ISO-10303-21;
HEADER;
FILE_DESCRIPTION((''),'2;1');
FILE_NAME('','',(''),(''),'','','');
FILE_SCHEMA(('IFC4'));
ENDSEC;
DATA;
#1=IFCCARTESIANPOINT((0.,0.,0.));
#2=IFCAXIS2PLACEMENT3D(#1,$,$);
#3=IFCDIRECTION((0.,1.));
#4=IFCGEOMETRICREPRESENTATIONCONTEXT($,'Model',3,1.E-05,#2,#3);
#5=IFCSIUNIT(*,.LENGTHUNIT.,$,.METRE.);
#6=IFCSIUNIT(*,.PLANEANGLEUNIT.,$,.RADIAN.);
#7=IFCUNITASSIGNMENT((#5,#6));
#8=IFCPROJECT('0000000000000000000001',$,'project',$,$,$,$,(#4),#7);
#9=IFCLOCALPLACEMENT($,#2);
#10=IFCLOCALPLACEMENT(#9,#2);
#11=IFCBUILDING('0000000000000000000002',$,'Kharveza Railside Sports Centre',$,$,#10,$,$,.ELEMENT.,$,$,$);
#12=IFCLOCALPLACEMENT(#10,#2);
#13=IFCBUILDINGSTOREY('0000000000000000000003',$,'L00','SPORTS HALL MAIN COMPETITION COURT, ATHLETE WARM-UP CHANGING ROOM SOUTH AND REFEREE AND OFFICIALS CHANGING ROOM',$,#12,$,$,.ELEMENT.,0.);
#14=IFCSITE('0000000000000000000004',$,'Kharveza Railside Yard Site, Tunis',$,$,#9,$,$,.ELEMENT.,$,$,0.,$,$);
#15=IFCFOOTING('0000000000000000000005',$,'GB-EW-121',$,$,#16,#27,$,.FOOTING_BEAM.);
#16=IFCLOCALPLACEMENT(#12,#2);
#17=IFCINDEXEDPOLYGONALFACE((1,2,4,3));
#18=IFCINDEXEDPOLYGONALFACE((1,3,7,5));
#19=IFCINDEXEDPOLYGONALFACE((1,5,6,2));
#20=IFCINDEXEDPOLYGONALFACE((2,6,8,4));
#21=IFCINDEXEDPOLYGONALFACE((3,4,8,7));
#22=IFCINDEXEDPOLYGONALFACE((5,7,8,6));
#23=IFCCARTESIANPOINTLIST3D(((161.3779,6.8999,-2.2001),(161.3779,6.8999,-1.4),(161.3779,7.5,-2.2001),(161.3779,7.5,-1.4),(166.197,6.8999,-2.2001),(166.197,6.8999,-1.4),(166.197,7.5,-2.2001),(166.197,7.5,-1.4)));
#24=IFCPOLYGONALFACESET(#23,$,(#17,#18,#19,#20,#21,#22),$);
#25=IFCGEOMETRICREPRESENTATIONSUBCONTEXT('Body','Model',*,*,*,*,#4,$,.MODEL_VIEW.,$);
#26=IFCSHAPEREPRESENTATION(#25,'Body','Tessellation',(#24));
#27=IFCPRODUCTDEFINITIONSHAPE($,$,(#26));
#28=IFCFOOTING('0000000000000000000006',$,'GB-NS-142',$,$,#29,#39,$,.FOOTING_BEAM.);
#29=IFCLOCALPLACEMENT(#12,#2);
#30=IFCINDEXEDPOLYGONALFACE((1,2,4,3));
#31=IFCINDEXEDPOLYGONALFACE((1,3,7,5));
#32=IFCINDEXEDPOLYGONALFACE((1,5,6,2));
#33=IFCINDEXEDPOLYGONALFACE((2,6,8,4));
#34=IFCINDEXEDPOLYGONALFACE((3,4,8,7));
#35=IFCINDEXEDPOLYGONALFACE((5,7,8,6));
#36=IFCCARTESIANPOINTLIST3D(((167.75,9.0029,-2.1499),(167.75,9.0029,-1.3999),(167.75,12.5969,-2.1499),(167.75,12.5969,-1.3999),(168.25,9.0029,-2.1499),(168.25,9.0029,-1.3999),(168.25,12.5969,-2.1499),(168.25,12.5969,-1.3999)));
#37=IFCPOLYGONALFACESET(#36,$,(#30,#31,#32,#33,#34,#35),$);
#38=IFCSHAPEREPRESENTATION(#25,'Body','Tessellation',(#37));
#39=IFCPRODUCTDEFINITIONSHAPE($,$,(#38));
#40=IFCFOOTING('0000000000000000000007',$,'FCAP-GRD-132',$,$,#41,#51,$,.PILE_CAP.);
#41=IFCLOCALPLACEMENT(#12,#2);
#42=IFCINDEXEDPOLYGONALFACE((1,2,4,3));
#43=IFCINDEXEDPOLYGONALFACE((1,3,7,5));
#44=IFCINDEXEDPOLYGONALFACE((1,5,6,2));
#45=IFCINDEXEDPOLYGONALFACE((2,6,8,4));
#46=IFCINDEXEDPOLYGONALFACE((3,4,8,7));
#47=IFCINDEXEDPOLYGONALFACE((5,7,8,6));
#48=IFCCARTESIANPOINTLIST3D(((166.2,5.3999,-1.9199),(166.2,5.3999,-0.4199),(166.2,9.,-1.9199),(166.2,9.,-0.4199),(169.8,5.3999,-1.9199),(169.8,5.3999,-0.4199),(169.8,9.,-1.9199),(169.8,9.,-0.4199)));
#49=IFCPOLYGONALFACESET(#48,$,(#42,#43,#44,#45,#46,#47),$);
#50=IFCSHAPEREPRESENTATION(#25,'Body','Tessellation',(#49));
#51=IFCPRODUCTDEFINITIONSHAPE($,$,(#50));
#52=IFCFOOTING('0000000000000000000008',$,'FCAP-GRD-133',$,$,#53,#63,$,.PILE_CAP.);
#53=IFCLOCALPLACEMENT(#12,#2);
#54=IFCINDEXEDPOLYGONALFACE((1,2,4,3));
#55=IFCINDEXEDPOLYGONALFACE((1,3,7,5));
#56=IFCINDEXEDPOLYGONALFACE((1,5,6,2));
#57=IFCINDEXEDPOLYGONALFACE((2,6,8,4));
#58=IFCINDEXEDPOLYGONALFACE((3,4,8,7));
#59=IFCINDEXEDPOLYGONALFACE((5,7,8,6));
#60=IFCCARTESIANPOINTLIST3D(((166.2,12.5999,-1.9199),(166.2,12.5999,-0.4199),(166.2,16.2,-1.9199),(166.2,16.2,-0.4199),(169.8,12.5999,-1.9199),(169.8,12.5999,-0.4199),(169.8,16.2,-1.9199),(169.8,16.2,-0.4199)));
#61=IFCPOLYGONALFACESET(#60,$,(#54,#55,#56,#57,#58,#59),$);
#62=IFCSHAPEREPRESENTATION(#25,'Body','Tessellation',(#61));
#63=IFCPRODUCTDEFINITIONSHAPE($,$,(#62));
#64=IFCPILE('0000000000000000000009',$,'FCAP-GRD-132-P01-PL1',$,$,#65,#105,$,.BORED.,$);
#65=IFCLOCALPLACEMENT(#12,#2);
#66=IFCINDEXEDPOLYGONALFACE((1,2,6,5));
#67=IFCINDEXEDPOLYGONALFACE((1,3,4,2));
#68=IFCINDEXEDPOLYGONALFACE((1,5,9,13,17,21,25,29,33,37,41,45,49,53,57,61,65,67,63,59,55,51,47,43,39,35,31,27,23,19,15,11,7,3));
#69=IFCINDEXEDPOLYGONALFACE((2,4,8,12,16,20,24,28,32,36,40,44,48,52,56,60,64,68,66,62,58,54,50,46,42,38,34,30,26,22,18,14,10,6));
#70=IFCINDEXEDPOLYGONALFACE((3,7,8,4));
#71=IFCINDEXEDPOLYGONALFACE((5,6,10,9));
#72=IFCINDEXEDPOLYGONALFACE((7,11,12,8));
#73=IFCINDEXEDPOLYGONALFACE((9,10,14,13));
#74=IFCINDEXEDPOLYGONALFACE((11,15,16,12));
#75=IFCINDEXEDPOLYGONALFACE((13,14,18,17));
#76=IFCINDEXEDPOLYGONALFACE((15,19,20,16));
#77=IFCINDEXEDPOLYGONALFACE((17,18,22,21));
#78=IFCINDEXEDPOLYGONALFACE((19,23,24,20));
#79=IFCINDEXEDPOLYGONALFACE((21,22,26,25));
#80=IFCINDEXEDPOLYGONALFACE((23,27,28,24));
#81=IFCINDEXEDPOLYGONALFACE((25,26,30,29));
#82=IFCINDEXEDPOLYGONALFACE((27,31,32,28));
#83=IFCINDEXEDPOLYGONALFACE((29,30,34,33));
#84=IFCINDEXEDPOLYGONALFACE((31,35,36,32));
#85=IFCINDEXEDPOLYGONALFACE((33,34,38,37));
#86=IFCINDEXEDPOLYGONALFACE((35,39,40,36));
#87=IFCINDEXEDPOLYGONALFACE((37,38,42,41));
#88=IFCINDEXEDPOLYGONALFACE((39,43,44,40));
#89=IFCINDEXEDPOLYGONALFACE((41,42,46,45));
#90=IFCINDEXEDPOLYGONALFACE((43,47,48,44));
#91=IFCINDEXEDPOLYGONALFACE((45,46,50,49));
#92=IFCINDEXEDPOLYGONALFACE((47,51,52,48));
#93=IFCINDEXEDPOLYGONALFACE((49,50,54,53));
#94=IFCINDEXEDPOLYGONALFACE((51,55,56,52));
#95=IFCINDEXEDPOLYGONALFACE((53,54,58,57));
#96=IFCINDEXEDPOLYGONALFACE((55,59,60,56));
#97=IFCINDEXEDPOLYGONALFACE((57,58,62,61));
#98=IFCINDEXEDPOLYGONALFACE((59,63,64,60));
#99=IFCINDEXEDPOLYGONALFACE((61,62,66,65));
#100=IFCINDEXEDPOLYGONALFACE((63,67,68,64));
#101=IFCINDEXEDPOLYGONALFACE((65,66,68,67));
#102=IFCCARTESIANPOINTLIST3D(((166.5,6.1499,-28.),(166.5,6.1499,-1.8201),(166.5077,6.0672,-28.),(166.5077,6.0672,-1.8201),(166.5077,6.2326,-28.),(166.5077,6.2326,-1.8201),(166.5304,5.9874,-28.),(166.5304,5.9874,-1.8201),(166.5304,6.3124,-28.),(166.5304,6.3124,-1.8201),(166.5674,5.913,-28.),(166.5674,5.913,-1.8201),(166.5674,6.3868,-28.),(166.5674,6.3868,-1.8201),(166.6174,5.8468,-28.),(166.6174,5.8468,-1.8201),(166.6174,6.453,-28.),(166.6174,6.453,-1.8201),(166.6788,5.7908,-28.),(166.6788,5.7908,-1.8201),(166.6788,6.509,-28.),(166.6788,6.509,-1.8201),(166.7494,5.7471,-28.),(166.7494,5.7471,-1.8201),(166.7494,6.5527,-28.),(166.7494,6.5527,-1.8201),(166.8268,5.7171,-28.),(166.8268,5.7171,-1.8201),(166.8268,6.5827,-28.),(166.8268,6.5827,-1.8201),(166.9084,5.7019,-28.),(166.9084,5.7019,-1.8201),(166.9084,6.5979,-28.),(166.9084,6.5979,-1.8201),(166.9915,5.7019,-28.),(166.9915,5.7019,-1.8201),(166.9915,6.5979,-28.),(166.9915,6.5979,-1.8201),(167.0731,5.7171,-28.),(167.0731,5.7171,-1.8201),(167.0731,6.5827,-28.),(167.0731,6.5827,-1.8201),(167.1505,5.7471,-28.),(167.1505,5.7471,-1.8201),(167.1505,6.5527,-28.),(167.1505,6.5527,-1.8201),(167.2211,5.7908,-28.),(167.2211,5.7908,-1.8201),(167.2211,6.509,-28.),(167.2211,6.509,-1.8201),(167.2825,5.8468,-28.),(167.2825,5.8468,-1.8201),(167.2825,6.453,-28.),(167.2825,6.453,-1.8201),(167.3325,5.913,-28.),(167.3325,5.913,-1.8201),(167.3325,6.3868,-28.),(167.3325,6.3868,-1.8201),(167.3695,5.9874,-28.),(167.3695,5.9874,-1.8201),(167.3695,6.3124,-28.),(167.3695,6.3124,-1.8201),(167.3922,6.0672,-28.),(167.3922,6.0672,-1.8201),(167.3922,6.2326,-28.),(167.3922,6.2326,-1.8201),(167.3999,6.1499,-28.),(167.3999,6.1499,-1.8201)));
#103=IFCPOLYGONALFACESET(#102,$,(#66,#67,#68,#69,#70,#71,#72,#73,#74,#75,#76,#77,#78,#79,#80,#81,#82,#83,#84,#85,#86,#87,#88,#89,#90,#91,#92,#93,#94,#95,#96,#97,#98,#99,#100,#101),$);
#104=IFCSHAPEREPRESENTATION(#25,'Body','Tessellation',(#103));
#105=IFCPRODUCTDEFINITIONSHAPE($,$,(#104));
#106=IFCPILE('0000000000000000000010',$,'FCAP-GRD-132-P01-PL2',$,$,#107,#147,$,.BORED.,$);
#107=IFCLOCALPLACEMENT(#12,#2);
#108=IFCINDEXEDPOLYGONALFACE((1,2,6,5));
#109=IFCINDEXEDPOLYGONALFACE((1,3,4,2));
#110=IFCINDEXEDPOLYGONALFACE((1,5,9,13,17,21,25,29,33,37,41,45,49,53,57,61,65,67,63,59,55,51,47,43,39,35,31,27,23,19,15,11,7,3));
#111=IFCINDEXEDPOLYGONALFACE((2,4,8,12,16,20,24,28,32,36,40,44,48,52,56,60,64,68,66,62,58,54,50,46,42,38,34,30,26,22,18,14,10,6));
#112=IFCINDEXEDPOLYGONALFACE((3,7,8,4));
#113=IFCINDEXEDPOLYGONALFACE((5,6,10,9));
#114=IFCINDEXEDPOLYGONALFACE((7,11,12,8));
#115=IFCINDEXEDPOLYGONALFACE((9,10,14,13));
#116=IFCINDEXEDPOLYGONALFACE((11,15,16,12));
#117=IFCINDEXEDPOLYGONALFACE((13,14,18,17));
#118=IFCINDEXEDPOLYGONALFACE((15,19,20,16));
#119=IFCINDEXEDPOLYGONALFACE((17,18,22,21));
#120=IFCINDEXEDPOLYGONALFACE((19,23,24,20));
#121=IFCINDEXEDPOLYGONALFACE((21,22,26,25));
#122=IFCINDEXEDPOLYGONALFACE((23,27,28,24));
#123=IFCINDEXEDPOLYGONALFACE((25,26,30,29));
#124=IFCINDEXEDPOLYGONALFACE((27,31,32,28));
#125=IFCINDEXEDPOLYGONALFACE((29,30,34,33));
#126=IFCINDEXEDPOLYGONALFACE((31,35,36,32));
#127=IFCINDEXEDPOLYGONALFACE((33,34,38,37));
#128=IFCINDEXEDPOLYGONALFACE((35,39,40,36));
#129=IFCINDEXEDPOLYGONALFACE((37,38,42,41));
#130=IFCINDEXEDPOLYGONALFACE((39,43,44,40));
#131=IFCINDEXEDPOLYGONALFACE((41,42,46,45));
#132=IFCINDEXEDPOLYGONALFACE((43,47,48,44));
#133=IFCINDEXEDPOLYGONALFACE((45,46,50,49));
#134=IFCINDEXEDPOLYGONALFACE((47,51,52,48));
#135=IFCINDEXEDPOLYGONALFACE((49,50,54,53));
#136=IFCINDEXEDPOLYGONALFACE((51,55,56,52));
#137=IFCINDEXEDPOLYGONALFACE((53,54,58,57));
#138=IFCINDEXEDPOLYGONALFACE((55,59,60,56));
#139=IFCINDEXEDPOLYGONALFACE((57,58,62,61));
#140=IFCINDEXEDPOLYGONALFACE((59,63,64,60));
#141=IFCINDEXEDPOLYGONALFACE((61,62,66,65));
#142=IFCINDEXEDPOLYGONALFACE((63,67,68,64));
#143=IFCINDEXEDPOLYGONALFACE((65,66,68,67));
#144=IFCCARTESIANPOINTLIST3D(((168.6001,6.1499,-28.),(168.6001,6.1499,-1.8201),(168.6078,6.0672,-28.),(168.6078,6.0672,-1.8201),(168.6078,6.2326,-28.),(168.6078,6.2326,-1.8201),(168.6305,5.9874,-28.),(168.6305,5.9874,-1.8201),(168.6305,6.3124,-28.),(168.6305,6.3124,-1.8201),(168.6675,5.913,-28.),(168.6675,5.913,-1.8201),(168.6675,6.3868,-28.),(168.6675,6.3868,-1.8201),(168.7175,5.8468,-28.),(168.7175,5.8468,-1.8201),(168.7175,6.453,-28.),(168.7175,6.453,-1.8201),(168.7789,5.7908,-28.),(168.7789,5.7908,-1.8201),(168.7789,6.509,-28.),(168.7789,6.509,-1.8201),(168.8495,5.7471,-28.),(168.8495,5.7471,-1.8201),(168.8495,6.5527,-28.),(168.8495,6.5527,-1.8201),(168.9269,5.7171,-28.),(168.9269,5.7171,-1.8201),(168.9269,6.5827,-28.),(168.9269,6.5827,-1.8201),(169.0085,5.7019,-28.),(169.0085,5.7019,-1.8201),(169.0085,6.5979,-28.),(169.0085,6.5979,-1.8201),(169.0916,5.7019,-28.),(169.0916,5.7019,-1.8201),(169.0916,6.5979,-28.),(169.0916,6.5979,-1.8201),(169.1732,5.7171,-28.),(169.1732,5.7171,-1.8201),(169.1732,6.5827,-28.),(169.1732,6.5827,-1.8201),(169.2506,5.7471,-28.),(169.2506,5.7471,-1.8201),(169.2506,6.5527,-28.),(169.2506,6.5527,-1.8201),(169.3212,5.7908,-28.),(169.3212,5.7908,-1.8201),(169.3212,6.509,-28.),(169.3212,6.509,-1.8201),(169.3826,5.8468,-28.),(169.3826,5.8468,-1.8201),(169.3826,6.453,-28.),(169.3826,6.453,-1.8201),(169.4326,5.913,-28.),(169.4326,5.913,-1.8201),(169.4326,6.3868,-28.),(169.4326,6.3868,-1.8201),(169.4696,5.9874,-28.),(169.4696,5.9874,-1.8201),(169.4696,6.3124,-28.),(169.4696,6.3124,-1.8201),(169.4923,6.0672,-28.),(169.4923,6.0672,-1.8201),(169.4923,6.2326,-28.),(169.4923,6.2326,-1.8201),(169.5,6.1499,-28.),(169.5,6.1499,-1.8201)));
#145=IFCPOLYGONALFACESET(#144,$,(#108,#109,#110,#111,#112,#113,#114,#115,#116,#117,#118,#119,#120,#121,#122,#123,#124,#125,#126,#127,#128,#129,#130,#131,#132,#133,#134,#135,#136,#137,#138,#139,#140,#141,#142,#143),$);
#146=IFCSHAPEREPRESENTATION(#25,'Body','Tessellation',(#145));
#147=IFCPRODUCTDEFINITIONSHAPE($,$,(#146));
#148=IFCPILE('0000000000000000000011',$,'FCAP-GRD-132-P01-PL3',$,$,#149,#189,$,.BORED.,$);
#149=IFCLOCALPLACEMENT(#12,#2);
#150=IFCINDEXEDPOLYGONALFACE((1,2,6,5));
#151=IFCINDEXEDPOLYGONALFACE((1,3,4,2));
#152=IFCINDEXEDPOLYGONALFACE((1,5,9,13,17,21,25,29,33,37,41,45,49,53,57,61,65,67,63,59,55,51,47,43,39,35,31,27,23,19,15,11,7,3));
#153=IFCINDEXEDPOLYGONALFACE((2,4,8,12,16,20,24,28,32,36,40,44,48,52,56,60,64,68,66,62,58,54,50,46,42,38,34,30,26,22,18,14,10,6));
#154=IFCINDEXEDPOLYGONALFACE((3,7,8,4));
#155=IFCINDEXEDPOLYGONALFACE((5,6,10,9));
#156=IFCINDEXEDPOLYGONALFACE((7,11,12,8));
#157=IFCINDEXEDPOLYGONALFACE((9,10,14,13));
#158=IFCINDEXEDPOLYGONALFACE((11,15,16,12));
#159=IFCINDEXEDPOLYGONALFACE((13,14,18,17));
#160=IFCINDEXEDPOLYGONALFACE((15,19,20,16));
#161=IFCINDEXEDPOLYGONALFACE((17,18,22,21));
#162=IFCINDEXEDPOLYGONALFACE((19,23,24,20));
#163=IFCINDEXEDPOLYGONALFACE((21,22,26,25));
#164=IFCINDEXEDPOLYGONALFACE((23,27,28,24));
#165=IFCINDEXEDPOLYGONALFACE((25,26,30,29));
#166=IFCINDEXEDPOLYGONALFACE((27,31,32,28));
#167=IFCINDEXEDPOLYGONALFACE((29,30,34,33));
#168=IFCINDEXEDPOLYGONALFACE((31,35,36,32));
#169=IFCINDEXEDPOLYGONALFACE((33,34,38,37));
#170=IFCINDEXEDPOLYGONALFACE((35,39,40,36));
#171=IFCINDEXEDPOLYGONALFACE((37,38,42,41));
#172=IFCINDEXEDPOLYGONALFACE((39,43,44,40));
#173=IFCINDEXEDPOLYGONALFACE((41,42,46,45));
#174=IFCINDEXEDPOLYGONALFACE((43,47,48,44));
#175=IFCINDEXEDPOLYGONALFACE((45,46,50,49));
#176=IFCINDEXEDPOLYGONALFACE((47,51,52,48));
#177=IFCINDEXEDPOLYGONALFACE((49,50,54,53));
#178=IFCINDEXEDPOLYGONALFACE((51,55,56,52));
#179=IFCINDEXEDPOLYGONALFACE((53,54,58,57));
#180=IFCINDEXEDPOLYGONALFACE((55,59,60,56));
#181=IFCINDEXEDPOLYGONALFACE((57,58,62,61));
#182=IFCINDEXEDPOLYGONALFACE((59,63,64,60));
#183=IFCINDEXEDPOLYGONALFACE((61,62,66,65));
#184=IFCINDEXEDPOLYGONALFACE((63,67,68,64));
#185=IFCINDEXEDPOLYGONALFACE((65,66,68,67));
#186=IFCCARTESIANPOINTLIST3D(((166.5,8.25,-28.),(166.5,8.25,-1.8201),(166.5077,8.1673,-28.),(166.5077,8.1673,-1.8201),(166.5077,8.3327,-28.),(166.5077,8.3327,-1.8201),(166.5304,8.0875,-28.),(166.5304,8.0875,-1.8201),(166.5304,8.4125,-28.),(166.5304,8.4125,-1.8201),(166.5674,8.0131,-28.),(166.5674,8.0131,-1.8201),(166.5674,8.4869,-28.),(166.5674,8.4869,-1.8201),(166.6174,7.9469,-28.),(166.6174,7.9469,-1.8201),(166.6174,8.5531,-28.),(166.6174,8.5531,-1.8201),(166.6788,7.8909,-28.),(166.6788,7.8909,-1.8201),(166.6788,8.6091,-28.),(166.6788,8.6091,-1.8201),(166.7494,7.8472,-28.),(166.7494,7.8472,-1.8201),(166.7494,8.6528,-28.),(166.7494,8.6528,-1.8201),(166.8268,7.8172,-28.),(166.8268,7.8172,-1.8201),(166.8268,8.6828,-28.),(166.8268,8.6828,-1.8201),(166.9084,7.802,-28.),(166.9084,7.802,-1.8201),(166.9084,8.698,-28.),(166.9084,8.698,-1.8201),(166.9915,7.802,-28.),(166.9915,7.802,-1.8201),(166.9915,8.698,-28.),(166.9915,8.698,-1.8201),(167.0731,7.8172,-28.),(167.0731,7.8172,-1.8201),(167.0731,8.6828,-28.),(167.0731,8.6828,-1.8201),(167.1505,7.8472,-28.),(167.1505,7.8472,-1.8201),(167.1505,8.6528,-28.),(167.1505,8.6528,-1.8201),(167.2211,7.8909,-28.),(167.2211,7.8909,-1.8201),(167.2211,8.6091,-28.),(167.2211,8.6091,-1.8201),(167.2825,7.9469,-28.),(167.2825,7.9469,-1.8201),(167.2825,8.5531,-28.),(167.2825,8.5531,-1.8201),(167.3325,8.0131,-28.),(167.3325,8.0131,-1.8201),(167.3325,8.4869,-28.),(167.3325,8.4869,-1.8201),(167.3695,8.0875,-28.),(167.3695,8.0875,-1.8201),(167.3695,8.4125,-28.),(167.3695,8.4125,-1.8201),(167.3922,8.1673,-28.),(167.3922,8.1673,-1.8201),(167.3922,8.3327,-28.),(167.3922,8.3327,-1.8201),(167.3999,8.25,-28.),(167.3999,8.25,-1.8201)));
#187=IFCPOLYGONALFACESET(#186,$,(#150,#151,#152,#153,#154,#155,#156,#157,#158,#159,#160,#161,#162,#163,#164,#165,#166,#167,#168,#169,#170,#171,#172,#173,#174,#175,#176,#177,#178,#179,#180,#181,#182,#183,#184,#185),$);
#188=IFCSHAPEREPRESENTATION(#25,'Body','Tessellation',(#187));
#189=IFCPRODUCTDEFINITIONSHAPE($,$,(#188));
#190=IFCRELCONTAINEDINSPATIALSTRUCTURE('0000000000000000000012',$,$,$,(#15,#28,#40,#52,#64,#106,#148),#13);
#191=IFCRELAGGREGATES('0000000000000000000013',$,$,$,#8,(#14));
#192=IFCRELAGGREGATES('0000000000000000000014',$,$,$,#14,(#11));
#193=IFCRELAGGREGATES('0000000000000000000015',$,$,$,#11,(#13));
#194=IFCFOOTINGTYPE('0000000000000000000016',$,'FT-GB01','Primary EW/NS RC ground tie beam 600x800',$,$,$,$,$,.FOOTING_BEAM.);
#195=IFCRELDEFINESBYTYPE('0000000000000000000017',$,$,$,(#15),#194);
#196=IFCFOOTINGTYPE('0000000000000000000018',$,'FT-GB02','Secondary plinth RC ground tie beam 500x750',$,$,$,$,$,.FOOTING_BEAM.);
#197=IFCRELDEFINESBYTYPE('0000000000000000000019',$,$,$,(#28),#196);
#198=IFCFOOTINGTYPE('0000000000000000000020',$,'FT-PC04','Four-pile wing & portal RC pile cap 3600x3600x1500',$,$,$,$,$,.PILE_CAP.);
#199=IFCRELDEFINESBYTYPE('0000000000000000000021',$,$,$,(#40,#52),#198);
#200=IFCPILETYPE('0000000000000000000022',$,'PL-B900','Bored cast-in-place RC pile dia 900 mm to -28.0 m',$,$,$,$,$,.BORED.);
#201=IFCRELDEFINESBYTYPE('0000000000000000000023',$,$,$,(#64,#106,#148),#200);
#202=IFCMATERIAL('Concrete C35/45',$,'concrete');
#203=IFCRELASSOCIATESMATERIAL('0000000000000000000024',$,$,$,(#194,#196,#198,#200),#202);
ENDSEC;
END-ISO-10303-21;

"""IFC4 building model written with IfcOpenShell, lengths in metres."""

from ifc_helpers import new_model, si_unit, direction, frame, origin, origin_2d, place, context, subcontext, project, spatial, rectangle, circle, extrude, material, material_profile, profile_set, type_object, element, save


model = new_model("IFC4")

# Units and contexts
model_context = context("Model", 3, precision=1e-05, world=origin(), true_north=direction((0.0, 1.0)))
body_context = subcontext(model_context, "Body", "Model", "MODEL_VIEW")
ifc_project = project(units=[si_unit("LENGTHUNIT", "METRE"), si_unit("PLANEANGLEUNIT", "RADIAN")], contexts=[model_context])

# Site, building, storey
site_placement = place(None, origin())
site = spatial("IfcSite", under=ifc_project, at=site_placement, Name="Kharveza Railside Yard Site, Tunis", CompositionType="ELEMENT", RefElevation=0.0)
building_placement = place(site_placement, origin())
building = spatial("IfcBuilding", under=site, at=building_placement, Name="Kharveza Railside Sports Centre", CompositionType="ELEMENT")
storey_placement = place(building_placement, origin())
storey = spatial("IfcBuildingStorey", under=building, at=storey_placement, Name="L00", Description="SPORTS HALL MAIN COMPETITION COURT, ATHLETE WARM-UP CHANGING ROOM SOUTH AND REFEREE AND OFFICIALS CHANGING ROOM", CompositionType="ELEMENT", Elevation=0.0)

# Footings
ifc_material_1 = material(Name="Concrete C35/45", Category="concrete")
ifc_material_profile_1 = material_profile(ifc_material_1, rectangle(XDim=0.6001, YDim=0.8, at=origin_2d()), Name="GB 600x800")
ifc_profile_set_1 = profile_set([ifc_material_profile_1], Name="Concrete C35/45")
footing_type_1 = type_object("IfcFootingType", Name="FT-GB01", Description="Primary EW/NS RC ground tie beam 600x800", PredefinedType="FOOTING_BEAM", material=ifc_profile_set_1)
footing_1_placement = place(storey_placement, frame((161.3779, 7.2, -1.8), z_axis=(1.0, 0.0, 0.0), x_axis=(0.0, 1.0, 0.0)))
element("IfcFooting", 1, at=footing_1_placement, inside=storey, type_object=footing_type_1, Name="GB-EW-121", PredefinedType="FOOTING_BEAM", context=body_context, shape_type="SweptSolid", body=[
    extrude(rectangle(XDim=0.6001, YDim=0.8, at=origin_2d()), origin(), (0.0, 0.0, 1.0), 4.8191),
])
ifc_material_profile_2 = material_profile(ifc_material_1, rectangle(XDim=0.5, YDim=0.75, at=origin_2d()), Name="GB 500x750")
ifc_profile_set_2 = profile_set([ifc_material_profile_2], Name="Concrete C35/45")
footing_type_2 = type_object("IfcFootingType", Name="FT-GB02", Description="Secondary plinth RC ground tie beam 500x750", PredefinedType="FOOTING_BEAM", material=ifc_profile_set_2)
footing_2_placement = place(storey_placement, frame((168.0, 9.0029, -1.7749), z_axis=(0.0, 1.0, 0.0), x_axis=(-1.0, 0.0, 0.0)))
element("IfcFooting", 2, at=footing_2_placement, inside=storey, type_object=footing_type_2, Name="GB-NS-142", PredefinedType="FOOTING_BEAM", context=body_context, shape_type="SweptSolid", body=[
    extrude(rectangle(XDim=0.5, YDim=0.75, at=origin_2d()), origin(), (0.0, 0.0, 1.0), 3.594),
])
footing_type_3 = type_object("IfcFootingType", Name="FT-PC04", Description="Four-pile wing & portal RC pile cap 3600x3600x1500", PredefinedType="PILE_CAP", material=ifc_material_1)
for number, where, z_axis, x_axis, name in (
    (3, (168.0, 7.2, -1.9199), (0.0, 0.0, 1.0), (1.0, 0.0, 0.0), "FCAP-GRD-132"),
    (4, (168.0, 14.3999, -1.9199), (0.0, 0.0, 1.0), (1.0, 0.0, 0.0), "FCAP-GRD-133"),
):
    element("IfcFooting", number, at=place(storey_placement, frame(where, z_axis=z_axis, x_axis=x_axis)), inside=storey, type_object=footing_type_3, Name=name, PredefinedType="PILE_CAP", context=body_context, shape_type="SweptSolid", body=[
        extrude(rectangle(XDim=3.6001, YDim=3.6001, at=origin_2d()), origin(), (0.0, 0.0, 1.0), 1.5),
    ])

# Piles
ifc_material_profile_3 = material_profile(ifc_material_1, circle(Radius=0.45, at=origin_2d()), Name="PILE D900")
ifc_profile_set_3 = profile_set([ifc_material_profile_3], Name="Concrete C35/45")
pile_type = type_object("IfcPileType", Name="PL-B900", Description="Bored cast-in-place RC pile dia 900 mm to -28.0 m", PredefinedType="BORED", material=ifc_profile_set_3)
for number, where, z_axis, x_axis, name in (
    (5, (166.95, 6.1499, -1.8201), (0.0, 0.0, -1.0), (1.0, 0.0, 0.0), "FCAP-GRD-132-P01-PL1"),
    (6, (169.05, 6.1499, -1.8201), (0.0, 0.0, -1.0), (1.0, 0.0, 0.0), "FCAP-GRD-132-P01-PL2"),
    (7, (166.95, 8.25, -1.8201), (0.0, 0.0, -1.0), (1.0, 0.0, 0.0), "FCAP-GRD-132-P01-PL3"),
):
    element("IfcPile", number, at=place(storey_placement, frame(where, z_axis=z_axis, x_axis=x_axis)), inside=storey, type_object=pile_type, Name=name, PredefinedType="BORED", context=body_context, shape_type="SweptSolid", body=[
        extrude(circle(Radius=0.45, at=origin_2d()), origin(), (0.0, 0.0, 1.0), 26.1799),
    ])

save(model, "model.ifc")
